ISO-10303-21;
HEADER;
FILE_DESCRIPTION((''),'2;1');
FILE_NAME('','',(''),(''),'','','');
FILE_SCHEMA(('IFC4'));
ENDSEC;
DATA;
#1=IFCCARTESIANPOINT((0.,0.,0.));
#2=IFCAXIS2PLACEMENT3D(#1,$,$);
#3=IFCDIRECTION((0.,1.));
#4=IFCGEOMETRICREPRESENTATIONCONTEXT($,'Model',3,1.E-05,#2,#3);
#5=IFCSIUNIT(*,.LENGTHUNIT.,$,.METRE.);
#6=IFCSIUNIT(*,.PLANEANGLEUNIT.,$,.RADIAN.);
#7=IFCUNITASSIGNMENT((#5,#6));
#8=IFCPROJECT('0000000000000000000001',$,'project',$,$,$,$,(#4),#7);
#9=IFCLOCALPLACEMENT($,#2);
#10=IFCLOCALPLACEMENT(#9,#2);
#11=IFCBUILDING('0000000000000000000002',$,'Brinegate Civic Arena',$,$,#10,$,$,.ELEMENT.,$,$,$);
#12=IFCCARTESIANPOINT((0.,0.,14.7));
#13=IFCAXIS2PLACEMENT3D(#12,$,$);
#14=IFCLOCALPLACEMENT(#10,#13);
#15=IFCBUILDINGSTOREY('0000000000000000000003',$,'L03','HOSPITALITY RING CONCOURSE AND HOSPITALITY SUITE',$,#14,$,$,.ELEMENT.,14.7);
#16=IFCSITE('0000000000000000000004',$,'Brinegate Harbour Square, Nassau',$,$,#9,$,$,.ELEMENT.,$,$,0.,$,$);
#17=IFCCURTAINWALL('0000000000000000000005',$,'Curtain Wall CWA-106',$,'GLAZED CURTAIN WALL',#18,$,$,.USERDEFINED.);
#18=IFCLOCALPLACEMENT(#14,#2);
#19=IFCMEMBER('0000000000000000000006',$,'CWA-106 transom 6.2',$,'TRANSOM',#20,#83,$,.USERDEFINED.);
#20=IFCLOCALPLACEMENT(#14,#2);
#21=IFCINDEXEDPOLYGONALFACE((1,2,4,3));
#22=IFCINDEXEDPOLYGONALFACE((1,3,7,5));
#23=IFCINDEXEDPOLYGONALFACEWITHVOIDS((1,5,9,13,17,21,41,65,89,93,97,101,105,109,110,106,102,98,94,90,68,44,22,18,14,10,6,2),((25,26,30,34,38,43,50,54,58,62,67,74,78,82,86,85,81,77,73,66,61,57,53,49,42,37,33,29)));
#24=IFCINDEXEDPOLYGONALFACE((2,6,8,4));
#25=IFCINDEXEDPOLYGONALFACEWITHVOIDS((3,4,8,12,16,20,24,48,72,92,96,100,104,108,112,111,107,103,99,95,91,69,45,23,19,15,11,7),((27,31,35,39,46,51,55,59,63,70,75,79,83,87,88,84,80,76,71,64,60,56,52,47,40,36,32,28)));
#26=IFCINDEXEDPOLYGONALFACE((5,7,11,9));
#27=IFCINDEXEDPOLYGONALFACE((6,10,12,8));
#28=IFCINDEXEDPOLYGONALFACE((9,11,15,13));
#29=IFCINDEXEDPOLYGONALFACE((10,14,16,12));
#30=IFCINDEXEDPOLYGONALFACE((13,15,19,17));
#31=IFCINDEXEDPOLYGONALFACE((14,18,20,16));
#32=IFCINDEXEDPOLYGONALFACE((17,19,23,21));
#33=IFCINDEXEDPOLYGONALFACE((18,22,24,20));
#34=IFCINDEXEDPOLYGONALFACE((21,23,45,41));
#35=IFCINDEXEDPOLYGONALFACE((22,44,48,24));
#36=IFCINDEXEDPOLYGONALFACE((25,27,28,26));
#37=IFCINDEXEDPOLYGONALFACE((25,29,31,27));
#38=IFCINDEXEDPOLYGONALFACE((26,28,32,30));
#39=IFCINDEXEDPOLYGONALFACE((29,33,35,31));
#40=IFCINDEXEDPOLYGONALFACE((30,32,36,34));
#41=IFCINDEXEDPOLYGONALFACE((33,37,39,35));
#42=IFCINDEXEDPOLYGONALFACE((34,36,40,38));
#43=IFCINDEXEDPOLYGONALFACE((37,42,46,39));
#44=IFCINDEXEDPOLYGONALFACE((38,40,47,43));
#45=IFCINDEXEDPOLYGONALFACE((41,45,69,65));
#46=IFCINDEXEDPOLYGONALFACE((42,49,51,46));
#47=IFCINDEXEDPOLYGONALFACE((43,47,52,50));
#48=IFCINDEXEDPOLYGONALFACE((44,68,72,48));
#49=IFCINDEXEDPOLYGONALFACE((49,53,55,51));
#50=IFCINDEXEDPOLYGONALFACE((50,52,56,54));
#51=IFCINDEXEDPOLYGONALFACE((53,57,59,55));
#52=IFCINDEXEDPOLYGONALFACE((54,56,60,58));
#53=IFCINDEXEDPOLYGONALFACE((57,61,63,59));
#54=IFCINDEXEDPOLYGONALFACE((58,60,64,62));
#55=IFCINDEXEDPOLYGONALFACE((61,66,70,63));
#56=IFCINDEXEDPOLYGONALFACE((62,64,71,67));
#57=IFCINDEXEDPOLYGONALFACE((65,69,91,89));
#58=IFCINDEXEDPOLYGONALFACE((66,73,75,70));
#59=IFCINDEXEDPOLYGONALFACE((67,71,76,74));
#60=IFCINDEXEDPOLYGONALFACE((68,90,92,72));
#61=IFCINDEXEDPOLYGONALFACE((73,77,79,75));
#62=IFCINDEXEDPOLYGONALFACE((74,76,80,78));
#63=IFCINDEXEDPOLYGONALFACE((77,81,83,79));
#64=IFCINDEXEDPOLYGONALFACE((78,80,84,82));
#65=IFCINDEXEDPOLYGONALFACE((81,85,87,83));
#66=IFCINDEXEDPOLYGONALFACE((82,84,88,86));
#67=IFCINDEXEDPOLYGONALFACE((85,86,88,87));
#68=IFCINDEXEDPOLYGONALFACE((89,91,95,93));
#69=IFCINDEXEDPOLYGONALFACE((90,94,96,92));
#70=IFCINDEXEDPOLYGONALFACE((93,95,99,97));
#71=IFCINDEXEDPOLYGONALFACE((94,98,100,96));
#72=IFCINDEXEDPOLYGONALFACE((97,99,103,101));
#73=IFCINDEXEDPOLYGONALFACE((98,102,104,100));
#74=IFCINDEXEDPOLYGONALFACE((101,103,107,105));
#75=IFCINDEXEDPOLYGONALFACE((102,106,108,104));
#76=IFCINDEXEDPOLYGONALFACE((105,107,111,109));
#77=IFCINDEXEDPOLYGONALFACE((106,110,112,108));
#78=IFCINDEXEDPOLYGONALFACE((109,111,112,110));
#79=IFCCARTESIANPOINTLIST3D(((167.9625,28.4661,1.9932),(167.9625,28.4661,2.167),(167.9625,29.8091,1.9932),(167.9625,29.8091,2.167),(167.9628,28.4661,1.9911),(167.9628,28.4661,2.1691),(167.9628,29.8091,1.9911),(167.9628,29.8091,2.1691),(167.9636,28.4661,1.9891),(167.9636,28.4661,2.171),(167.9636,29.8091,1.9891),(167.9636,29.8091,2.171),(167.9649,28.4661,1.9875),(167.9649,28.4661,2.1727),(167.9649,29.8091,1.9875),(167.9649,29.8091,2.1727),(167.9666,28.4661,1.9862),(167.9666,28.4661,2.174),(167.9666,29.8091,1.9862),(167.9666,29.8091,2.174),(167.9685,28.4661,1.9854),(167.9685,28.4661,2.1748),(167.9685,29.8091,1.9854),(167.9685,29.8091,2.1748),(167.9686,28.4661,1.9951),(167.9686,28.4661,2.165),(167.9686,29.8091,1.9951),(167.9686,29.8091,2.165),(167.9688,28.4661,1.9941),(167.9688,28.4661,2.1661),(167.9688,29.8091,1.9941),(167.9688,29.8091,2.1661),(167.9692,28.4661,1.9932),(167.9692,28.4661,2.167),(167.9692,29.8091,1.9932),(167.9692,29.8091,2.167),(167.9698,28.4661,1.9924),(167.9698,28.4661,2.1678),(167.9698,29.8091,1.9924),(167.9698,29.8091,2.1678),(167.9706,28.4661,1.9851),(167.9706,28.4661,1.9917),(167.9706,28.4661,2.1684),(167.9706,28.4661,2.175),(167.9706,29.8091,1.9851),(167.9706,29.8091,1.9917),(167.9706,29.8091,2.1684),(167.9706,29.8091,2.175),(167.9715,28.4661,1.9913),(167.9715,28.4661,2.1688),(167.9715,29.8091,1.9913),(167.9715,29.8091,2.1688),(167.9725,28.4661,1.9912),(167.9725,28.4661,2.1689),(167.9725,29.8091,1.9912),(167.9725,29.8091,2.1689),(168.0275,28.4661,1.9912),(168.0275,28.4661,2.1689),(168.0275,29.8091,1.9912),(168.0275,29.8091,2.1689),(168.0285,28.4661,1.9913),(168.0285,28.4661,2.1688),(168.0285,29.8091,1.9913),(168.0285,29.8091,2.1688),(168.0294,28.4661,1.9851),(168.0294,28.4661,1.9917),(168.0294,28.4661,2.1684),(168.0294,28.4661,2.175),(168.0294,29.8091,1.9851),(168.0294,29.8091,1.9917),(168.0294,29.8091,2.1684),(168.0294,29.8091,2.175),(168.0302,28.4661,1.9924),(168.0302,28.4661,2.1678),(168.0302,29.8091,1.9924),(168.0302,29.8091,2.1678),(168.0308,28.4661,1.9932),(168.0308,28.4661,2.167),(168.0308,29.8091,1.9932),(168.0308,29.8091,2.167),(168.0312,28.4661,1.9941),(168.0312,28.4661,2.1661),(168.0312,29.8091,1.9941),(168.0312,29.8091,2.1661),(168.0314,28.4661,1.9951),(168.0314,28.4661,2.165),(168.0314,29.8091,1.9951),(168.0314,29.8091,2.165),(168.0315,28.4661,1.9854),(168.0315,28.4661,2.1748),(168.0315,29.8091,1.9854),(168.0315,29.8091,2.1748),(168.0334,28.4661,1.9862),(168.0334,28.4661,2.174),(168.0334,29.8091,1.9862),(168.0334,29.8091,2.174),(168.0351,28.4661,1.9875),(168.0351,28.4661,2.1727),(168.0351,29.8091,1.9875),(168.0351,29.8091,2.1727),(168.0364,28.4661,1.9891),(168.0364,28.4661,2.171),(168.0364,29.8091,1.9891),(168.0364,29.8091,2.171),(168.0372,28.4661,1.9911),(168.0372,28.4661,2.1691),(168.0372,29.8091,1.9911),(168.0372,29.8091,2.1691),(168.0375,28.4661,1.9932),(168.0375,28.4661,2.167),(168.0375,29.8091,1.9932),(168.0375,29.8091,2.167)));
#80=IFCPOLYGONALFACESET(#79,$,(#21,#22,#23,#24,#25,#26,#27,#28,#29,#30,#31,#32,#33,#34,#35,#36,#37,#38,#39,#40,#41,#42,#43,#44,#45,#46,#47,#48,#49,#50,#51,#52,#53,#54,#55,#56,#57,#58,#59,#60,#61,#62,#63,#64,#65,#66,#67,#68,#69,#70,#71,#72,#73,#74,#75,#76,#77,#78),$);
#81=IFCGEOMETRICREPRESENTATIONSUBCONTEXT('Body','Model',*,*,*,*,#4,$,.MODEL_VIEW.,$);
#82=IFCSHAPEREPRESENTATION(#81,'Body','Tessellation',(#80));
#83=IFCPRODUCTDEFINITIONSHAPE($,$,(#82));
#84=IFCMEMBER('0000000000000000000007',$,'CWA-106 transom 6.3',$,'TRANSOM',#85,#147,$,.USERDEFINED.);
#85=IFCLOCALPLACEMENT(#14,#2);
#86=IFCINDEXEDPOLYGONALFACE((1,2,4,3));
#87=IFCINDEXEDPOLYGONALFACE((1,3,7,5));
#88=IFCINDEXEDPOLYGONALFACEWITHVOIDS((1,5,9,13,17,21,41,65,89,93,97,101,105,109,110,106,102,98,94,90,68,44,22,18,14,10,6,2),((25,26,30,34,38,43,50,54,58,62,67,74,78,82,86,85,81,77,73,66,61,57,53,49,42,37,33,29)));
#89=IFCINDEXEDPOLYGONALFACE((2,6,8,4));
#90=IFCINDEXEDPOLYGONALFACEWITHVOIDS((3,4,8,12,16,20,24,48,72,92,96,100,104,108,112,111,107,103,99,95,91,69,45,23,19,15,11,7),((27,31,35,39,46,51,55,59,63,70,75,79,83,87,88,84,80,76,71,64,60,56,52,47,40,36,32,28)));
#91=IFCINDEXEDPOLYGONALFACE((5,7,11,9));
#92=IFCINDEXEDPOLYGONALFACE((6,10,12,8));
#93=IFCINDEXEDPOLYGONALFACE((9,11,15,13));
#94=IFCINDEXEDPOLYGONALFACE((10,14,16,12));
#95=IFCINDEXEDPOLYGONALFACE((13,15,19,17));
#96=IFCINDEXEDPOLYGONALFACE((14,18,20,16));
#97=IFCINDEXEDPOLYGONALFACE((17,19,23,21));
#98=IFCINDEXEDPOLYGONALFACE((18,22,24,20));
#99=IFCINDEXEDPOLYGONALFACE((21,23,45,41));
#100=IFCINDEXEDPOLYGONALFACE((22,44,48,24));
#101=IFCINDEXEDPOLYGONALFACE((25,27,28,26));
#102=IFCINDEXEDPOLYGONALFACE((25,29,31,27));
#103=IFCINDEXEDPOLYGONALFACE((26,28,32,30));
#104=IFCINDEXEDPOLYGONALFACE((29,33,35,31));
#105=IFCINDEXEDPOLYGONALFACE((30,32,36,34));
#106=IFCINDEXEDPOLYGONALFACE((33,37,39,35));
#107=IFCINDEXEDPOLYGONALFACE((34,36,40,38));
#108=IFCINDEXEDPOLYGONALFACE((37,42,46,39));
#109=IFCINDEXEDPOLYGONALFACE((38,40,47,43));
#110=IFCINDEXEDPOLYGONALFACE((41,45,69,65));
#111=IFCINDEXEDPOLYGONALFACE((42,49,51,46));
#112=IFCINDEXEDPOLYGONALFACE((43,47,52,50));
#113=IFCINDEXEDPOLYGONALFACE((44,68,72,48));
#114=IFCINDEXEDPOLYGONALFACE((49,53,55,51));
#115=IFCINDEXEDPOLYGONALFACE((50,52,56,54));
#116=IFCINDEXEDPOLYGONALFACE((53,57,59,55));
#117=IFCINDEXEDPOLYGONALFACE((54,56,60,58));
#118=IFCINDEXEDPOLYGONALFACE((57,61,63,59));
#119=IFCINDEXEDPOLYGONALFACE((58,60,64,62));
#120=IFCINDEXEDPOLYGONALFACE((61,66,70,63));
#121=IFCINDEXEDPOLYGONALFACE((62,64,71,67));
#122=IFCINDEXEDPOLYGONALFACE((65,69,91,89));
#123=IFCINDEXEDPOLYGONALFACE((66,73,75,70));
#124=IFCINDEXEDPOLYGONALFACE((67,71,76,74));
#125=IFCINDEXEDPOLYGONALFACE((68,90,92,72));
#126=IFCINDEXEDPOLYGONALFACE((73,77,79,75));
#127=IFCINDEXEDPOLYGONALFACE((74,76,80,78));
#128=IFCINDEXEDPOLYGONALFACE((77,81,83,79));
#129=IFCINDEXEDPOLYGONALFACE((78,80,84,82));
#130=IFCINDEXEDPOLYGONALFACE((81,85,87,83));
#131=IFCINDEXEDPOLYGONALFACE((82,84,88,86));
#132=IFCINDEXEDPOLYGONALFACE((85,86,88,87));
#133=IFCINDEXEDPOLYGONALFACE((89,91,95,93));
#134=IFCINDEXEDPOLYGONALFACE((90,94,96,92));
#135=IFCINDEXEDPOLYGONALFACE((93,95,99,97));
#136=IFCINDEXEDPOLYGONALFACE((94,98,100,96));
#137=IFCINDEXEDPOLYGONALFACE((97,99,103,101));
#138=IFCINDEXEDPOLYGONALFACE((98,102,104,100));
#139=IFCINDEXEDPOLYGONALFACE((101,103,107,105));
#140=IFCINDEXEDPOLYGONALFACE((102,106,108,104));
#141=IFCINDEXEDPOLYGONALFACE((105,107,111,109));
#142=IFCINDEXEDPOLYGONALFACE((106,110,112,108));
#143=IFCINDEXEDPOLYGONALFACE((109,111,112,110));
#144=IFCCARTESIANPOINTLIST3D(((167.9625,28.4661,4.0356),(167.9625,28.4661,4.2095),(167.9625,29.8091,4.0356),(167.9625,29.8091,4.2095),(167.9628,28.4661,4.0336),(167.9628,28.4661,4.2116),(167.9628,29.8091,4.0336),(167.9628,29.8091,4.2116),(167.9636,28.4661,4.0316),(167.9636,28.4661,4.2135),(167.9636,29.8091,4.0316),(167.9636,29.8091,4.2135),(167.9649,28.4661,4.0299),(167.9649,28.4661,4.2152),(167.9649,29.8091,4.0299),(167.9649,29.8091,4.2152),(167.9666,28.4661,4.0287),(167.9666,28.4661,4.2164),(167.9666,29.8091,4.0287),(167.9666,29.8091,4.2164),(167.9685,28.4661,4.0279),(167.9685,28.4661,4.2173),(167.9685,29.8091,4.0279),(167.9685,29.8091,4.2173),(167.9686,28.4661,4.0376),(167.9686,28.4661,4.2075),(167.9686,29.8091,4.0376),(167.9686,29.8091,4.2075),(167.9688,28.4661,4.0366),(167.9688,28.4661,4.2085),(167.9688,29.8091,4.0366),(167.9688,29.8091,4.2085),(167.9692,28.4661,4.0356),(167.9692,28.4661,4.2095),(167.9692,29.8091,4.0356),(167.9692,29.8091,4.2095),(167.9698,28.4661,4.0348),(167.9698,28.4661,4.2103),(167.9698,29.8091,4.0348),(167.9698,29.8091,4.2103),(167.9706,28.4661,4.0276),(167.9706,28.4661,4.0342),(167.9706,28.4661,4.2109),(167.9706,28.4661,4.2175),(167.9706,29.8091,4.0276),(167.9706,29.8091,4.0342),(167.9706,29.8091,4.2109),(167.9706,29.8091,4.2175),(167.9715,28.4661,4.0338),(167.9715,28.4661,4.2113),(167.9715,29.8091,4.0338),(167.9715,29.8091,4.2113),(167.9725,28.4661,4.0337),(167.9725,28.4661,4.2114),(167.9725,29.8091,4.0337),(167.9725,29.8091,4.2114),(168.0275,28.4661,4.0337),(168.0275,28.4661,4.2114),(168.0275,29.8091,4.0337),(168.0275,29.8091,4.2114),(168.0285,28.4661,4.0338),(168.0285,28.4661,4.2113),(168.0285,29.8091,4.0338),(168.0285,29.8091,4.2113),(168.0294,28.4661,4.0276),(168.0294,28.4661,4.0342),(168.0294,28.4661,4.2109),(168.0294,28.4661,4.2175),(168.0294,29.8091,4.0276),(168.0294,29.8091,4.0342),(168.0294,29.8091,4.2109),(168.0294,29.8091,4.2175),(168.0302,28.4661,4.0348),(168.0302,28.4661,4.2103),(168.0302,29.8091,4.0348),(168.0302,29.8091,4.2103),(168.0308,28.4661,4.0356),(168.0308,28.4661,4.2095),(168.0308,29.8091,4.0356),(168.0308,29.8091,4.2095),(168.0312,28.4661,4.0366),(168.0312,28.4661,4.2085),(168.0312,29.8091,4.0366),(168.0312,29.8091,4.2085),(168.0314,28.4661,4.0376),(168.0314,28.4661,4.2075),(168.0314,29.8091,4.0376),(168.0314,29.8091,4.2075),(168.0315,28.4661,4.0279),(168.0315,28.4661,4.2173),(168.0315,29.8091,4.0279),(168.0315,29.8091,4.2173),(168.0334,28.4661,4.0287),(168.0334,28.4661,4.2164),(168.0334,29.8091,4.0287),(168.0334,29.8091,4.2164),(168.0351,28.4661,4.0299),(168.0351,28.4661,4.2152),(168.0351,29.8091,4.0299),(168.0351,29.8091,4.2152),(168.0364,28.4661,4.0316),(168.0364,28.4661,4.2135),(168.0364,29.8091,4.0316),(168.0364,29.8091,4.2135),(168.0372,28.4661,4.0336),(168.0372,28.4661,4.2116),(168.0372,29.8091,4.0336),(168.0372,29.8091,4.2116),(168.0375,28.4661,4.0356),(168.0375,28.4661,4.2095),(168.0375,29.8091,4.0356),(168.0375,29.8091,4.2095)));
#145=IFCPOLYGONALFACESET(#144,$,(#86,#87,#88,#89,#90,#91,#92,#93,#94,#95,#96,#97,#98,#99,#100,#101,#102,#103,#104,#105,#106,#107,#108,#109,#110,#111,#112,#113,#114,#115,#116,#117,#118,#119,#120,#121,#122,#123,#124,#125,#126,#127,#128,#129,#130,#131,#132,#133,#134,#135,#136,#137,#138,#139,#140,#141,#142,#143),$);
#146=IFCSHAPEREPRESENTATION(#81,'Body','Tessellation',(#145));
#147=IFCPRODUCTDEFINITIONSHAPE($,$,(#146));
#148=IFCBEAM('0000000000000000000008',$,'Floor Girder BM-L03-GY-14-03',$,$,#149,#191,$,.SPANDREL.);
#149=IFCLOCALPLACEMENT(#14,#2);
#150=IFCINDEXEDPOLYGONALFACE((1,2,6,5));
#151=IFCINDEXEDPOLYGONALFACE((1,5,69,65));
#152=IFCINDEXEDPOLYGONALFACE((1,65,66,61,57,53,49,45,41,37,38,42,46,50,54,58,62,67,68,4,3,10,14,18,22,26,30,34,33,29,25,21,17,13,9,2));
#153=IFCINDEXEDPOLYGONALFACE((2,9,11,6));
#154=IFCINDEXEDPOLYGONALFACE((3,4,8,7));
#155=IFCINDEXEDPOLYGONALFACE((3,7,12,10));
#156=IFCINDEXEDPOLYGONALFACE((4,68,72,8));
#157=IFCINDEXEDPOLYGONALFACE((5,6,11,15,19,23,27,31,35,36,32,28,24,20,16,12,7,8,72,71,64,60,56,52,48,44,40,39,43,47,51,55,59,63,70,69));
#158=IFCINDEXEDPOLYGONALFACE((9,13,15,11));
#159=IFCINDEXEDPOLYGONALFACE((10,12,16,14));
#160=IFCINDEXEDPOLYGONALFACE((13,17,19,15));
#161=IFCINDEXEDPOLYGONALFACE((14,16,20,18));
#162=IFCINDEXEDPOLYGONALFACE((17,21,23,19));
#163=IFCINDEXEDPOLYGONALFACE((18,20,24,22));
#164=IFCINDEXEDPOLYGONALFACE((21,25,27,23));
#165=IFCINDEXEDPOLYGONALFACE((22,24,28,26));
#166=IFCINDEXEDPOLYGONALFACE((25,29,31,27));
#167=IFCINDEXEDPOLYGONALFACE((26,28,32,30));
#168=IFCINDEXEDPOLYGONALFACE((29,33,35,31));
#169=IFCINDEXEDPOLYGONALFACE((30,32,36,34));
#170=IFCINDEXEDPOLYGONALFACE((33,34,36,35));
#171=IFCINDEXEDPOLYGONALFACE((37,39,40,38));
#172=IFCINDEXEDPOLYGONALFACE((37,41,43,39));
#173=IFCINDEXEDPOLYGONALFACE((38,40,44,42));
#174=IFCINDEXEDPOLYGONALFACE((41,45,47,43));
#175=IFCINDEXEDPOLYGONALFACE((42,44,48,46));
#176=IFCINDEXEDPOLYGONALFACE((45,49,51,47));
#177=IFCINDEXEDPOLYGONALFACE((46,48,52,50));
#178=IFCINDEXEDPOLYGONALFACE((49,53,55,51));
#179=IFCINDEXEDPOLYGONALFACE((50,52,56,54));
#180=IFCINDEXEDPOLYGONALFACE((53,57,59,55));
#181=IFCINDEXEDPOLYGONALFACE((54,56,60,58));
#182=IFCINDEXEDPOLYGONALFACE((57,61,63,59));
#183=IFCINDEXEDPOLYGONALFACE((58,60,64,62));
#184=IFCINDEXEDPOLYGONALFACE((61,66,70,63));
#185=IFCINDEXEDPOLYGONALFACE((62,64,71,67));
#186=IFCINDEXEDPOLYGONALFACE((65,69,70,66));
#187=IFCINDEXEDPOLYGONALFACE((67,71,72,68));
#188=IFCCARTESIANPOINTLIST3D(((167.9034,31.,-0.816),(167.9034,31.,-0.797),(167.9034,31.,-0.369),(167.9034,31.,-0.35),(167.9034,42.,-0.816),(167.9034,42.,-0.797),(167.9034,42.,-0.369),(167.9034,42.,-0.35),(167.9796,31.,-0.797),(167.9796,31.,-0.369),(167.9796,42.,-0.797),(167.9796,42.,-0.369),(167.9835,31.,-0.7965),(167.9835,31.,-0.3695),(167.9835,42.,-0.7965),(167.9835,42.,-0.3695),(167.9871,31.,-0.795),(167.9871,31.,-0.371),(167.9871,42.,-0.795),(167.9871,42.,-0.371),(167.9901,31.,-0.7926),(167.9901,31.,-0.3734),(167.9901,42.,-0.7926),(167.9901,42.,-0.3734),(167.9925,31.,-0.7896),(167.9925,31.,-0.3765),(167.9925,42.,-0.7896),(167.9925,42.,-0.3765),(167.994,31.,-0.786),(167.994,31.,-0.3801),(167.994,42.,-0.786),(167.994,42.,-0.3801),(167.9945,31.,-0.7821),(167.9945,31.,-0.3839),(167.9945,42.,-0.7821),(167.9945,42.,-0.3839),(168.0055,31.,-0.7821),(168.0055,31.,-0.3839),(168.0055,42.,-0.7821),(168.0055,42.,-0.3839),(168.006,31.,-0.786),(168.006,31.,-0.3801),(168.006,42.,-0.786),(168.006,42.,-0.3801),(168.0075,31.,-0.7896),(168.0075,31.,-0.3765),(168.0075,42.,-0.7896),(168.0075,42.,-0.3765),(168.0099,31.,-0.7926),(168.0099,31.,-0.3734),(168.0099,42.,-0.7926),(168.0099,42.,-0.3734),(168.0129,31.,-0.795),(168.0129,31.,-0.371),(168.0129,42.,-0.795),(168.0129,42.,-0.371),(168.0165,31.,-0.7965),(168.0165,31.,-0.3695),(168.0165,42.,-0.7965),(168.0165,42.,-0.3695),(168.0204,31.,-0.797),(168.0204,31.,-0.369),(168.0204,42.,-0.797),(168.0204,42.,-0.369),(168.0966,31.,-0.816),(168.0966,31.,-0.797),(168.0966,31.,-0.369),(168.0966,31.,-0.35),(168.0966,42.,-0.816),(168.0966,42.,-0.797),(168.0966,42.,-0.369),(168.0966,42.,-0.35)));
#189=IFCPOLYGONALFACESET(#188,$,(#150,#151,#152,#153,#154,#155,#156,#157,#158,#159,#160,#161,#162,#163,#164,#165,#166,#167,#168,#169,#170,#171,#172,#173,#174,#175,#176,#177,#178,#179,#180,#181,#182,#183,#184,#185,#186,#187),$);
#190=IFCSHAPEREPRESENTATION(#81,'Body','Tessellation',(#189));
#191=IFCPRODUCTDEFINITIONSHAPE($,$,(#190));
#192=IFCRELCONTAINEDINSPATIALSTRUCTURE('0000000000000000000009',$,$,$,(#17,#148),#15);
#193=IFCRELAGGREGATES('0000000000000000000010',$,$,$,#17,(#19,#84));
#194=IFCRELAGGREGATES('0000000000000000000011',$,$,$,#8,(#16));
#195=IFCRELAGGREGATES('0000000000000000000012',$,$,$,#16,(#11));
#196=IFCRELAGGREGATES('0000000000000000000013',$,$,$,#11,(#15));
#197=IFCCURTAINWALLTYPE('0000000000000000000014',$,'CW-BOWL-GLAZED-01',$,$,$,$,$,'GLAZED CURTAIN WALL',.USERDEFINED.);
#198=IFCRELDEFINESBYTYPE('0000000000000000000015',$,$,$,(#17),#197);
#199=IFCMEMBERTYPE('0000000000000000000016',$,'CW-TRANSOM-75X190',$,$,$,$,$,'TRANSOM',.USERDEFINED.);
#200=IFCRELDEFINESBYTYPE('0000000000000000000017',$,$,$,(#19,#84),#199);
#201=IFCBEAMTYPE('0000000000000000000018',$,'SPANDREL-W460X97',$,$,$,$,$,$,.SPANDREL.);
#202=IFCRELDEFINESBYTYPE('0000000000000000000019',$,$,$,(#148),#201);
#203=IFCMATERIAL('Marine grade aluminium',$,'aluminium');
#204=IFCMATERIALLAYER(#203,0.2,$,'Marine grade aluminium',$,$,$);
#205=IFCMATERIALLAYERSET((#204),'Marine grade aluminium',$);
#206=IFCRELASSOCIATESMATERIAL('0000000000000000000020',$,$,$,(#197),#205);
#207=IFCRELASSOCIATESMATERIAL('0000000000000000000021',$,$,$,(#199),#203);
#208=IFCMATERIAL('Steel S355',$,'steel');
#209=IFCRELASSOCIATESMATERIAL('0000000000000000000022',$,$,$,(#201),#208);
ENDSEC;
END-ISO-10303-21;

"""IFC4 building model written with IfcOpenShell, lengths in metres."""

from ifc_helpers import new_model, si_unit, direction, frame, origin, origin_2d, place, context, subcontext, project, spatial, hollow_rectangle, i_section, extrude, material, layer, layer_set, material_profile, profile_set, type_object, element, aggregate, save


model = new_model("IFC4")

# Units and contexts
model_context = context("Model", 3, precision=1e-05, world=origin(), true_north=direction((0.0, 1.0)))
body_context = subcontext(model_context, "Body", "Model", "MODEL_VIEW")
ifc_project = project(units=[si_unit("LENGTHUNIT", "METRE"), si_unit("PLANEANGLEUNIT", "RADIAN")], contexts=[model_context])

# Site, building, storey
site_placement = place(None, origin())
site = spatial("IfcSite", under=ifc_project, at=site_placement, Name="Brinegate Harbour Square, Nassau", CompositionType="ELEMENT", RefElevation=0.0)
building_placement = place(site_placement, origin())
building = spatial("IfcBuilding", under=site, at=building_placement, Name="Brinegate Civic Arena", CompositionType="ELEMENT")
storey_placement = place(building_placement, frame((0.0, 0.0, 14.7)))
storey = spatial("IfcBuildingStorey", under=building, at=storey_placement, Name="L03", Description="HOSPITALITY RING CONCOURSE AND HOSPITALITY SUITE", CompositionType="ELEMENT", Elevation=14.7)

# Shared definitions
ifc_material_1 = material(Name="Marine grade aluminium", Category="aluminium")
ifc_layer_1 = layer(ifc_material_1, 0.2, Name="Marine grade aluminium")
ifc_layer_set_1 = layer_set([ifc_layer_1], Name="Marine grade aluminium")
curtain_wall_type = type_object("IfcCurtainWallType", Name="CW-BOWL-GLAZED-01", ElementType="GLAZED CURTAIN WALL", PredefinedType="USERDEFINED", material=ifc_layer_set_1)

# Curtain wall, members
curtain_wall_1_placement = place(storey_placement, origin())
curtain_wall_1 = element("IfcCurtainWall", 1, at=curtain_wall_1_placement, inside=storey, type_object=curtain_wall_type, Name="Curtain Wall CWA-106", ObjectType="GLAZED CURTAIN WALL", PredefinedType="USERDEFINED")
ifc_material_profile_1 = material_profile(ifc_material_1, hollow_rectangle(XDim=0.075, YDim=0.1899, WallThickness=0.0061, InnerFilletRadius=0.0039, OuterFilletRadius=0.0081, at=origin_2d()), Name="TRN75X190")
ifc_profile_set_1 = profile_set([ifc_material_profile_1], Name="Marine grade aluminium")
member_type_1 = type_object("IfcMemberType", Name="CW-TRANSOM-75X190", ElementType="TRANSOM", PredefinedType="USERDEFINED", material=ifc_profile_set_1)
member_1_placement = place(storey_placement, frame((168.0, 28.4661, 2.0801), z_axis=(0.0, 1.0, 0.0), x_axis=(-1.0, 0.0, 0.0)))
member_1 = element("IfcMember", 2, at=member_1_placement, type_object=member_type_1, Name="CWA-106 transom 6.2", ObjectType="TRANSOM", PredefinedType="USERDEFINED", context=body_context, shape_type="SweptSolid", body=[
    extrude(hollow_rectangle(XDim=0.075, YDim=0.1899, WallThickness=0.0061, InnerFilletRadius=0.0039, OuterFilletRadius=0.0081, at=origin_2d()), origin(), (0.0, 0.0, 1.0), 1.343),
])
member_2_placement = place(storey_placement, frame((168.0, 28.4661, 4.1226), z_axis=(0.0, 1.0, 0.0), x_axis=(-1.0, 0.0, 0.0)))
member_2 = element("IfcMember", 3, at=member_2_placement, type_object=member_type_1, Name="CWA-106 transom 6.3", ObjectType="TRANSOM", PredefinedType="USERDEFINED", context=body_context, shape_type="SweptSolid", body=[
    extrude(hollow_rectangle(XDim=0.075, YDim=0.1899, WallThickness=0.0061, InnerFilletRadius=0.0039, OuterFilletRadius=0.0081, at=origin_2d()), origin(), (0.0, 0.0, 1.0), 1.343),
])

# Beam
ifc_material_2 = material(Name="Steel S355", Category="steel")
ifc_material_profile_2 = material_profile(ifc_material_2, i_section(OverallWidth=0.1931, OverallDepth=0.4661, WebThickness=0.011, FlangeThickness=0.019, FilletRadius=0.0149, at=origin_2d()), Name="W460X97")
ifc_profile_set_2 = profile_set([ifc_material_profile_2], Name="Steel S355")
beam_type = type_object("IfcBeamType", Name="SPANDREL-W460X97", PredefinedType="SPANDREL", material=ifc_profile_set_2)
beam_placement = place(storey_placement, frame((168.0, 31.0, -0.583), z_axis=(0.0, 1.0, 0.0), x_axis=(-1.0, 0.0, 0.0)))
element("IfcBeam", 4, at=beam_placement, inside=storey, type_object=beam_type, Name="Floor Girder BM-L03-GY-14-03", PredefinedType="SPANDREL", context=body_context, shape_type="SweptSolid", body=[
    extrude(i_section(OverallWidth=0.1931, OverallDepth=0.4661, WebThickness=0.011, FlangeThickness=0.019, FilletRadius=0.0149, at=origin_2d()), origin(), (0.0, 0.0, 1.0), 11.0),
])

aggregate(curtain_wall_1, [member_1, member_2])

save(model, "model.ifc")
